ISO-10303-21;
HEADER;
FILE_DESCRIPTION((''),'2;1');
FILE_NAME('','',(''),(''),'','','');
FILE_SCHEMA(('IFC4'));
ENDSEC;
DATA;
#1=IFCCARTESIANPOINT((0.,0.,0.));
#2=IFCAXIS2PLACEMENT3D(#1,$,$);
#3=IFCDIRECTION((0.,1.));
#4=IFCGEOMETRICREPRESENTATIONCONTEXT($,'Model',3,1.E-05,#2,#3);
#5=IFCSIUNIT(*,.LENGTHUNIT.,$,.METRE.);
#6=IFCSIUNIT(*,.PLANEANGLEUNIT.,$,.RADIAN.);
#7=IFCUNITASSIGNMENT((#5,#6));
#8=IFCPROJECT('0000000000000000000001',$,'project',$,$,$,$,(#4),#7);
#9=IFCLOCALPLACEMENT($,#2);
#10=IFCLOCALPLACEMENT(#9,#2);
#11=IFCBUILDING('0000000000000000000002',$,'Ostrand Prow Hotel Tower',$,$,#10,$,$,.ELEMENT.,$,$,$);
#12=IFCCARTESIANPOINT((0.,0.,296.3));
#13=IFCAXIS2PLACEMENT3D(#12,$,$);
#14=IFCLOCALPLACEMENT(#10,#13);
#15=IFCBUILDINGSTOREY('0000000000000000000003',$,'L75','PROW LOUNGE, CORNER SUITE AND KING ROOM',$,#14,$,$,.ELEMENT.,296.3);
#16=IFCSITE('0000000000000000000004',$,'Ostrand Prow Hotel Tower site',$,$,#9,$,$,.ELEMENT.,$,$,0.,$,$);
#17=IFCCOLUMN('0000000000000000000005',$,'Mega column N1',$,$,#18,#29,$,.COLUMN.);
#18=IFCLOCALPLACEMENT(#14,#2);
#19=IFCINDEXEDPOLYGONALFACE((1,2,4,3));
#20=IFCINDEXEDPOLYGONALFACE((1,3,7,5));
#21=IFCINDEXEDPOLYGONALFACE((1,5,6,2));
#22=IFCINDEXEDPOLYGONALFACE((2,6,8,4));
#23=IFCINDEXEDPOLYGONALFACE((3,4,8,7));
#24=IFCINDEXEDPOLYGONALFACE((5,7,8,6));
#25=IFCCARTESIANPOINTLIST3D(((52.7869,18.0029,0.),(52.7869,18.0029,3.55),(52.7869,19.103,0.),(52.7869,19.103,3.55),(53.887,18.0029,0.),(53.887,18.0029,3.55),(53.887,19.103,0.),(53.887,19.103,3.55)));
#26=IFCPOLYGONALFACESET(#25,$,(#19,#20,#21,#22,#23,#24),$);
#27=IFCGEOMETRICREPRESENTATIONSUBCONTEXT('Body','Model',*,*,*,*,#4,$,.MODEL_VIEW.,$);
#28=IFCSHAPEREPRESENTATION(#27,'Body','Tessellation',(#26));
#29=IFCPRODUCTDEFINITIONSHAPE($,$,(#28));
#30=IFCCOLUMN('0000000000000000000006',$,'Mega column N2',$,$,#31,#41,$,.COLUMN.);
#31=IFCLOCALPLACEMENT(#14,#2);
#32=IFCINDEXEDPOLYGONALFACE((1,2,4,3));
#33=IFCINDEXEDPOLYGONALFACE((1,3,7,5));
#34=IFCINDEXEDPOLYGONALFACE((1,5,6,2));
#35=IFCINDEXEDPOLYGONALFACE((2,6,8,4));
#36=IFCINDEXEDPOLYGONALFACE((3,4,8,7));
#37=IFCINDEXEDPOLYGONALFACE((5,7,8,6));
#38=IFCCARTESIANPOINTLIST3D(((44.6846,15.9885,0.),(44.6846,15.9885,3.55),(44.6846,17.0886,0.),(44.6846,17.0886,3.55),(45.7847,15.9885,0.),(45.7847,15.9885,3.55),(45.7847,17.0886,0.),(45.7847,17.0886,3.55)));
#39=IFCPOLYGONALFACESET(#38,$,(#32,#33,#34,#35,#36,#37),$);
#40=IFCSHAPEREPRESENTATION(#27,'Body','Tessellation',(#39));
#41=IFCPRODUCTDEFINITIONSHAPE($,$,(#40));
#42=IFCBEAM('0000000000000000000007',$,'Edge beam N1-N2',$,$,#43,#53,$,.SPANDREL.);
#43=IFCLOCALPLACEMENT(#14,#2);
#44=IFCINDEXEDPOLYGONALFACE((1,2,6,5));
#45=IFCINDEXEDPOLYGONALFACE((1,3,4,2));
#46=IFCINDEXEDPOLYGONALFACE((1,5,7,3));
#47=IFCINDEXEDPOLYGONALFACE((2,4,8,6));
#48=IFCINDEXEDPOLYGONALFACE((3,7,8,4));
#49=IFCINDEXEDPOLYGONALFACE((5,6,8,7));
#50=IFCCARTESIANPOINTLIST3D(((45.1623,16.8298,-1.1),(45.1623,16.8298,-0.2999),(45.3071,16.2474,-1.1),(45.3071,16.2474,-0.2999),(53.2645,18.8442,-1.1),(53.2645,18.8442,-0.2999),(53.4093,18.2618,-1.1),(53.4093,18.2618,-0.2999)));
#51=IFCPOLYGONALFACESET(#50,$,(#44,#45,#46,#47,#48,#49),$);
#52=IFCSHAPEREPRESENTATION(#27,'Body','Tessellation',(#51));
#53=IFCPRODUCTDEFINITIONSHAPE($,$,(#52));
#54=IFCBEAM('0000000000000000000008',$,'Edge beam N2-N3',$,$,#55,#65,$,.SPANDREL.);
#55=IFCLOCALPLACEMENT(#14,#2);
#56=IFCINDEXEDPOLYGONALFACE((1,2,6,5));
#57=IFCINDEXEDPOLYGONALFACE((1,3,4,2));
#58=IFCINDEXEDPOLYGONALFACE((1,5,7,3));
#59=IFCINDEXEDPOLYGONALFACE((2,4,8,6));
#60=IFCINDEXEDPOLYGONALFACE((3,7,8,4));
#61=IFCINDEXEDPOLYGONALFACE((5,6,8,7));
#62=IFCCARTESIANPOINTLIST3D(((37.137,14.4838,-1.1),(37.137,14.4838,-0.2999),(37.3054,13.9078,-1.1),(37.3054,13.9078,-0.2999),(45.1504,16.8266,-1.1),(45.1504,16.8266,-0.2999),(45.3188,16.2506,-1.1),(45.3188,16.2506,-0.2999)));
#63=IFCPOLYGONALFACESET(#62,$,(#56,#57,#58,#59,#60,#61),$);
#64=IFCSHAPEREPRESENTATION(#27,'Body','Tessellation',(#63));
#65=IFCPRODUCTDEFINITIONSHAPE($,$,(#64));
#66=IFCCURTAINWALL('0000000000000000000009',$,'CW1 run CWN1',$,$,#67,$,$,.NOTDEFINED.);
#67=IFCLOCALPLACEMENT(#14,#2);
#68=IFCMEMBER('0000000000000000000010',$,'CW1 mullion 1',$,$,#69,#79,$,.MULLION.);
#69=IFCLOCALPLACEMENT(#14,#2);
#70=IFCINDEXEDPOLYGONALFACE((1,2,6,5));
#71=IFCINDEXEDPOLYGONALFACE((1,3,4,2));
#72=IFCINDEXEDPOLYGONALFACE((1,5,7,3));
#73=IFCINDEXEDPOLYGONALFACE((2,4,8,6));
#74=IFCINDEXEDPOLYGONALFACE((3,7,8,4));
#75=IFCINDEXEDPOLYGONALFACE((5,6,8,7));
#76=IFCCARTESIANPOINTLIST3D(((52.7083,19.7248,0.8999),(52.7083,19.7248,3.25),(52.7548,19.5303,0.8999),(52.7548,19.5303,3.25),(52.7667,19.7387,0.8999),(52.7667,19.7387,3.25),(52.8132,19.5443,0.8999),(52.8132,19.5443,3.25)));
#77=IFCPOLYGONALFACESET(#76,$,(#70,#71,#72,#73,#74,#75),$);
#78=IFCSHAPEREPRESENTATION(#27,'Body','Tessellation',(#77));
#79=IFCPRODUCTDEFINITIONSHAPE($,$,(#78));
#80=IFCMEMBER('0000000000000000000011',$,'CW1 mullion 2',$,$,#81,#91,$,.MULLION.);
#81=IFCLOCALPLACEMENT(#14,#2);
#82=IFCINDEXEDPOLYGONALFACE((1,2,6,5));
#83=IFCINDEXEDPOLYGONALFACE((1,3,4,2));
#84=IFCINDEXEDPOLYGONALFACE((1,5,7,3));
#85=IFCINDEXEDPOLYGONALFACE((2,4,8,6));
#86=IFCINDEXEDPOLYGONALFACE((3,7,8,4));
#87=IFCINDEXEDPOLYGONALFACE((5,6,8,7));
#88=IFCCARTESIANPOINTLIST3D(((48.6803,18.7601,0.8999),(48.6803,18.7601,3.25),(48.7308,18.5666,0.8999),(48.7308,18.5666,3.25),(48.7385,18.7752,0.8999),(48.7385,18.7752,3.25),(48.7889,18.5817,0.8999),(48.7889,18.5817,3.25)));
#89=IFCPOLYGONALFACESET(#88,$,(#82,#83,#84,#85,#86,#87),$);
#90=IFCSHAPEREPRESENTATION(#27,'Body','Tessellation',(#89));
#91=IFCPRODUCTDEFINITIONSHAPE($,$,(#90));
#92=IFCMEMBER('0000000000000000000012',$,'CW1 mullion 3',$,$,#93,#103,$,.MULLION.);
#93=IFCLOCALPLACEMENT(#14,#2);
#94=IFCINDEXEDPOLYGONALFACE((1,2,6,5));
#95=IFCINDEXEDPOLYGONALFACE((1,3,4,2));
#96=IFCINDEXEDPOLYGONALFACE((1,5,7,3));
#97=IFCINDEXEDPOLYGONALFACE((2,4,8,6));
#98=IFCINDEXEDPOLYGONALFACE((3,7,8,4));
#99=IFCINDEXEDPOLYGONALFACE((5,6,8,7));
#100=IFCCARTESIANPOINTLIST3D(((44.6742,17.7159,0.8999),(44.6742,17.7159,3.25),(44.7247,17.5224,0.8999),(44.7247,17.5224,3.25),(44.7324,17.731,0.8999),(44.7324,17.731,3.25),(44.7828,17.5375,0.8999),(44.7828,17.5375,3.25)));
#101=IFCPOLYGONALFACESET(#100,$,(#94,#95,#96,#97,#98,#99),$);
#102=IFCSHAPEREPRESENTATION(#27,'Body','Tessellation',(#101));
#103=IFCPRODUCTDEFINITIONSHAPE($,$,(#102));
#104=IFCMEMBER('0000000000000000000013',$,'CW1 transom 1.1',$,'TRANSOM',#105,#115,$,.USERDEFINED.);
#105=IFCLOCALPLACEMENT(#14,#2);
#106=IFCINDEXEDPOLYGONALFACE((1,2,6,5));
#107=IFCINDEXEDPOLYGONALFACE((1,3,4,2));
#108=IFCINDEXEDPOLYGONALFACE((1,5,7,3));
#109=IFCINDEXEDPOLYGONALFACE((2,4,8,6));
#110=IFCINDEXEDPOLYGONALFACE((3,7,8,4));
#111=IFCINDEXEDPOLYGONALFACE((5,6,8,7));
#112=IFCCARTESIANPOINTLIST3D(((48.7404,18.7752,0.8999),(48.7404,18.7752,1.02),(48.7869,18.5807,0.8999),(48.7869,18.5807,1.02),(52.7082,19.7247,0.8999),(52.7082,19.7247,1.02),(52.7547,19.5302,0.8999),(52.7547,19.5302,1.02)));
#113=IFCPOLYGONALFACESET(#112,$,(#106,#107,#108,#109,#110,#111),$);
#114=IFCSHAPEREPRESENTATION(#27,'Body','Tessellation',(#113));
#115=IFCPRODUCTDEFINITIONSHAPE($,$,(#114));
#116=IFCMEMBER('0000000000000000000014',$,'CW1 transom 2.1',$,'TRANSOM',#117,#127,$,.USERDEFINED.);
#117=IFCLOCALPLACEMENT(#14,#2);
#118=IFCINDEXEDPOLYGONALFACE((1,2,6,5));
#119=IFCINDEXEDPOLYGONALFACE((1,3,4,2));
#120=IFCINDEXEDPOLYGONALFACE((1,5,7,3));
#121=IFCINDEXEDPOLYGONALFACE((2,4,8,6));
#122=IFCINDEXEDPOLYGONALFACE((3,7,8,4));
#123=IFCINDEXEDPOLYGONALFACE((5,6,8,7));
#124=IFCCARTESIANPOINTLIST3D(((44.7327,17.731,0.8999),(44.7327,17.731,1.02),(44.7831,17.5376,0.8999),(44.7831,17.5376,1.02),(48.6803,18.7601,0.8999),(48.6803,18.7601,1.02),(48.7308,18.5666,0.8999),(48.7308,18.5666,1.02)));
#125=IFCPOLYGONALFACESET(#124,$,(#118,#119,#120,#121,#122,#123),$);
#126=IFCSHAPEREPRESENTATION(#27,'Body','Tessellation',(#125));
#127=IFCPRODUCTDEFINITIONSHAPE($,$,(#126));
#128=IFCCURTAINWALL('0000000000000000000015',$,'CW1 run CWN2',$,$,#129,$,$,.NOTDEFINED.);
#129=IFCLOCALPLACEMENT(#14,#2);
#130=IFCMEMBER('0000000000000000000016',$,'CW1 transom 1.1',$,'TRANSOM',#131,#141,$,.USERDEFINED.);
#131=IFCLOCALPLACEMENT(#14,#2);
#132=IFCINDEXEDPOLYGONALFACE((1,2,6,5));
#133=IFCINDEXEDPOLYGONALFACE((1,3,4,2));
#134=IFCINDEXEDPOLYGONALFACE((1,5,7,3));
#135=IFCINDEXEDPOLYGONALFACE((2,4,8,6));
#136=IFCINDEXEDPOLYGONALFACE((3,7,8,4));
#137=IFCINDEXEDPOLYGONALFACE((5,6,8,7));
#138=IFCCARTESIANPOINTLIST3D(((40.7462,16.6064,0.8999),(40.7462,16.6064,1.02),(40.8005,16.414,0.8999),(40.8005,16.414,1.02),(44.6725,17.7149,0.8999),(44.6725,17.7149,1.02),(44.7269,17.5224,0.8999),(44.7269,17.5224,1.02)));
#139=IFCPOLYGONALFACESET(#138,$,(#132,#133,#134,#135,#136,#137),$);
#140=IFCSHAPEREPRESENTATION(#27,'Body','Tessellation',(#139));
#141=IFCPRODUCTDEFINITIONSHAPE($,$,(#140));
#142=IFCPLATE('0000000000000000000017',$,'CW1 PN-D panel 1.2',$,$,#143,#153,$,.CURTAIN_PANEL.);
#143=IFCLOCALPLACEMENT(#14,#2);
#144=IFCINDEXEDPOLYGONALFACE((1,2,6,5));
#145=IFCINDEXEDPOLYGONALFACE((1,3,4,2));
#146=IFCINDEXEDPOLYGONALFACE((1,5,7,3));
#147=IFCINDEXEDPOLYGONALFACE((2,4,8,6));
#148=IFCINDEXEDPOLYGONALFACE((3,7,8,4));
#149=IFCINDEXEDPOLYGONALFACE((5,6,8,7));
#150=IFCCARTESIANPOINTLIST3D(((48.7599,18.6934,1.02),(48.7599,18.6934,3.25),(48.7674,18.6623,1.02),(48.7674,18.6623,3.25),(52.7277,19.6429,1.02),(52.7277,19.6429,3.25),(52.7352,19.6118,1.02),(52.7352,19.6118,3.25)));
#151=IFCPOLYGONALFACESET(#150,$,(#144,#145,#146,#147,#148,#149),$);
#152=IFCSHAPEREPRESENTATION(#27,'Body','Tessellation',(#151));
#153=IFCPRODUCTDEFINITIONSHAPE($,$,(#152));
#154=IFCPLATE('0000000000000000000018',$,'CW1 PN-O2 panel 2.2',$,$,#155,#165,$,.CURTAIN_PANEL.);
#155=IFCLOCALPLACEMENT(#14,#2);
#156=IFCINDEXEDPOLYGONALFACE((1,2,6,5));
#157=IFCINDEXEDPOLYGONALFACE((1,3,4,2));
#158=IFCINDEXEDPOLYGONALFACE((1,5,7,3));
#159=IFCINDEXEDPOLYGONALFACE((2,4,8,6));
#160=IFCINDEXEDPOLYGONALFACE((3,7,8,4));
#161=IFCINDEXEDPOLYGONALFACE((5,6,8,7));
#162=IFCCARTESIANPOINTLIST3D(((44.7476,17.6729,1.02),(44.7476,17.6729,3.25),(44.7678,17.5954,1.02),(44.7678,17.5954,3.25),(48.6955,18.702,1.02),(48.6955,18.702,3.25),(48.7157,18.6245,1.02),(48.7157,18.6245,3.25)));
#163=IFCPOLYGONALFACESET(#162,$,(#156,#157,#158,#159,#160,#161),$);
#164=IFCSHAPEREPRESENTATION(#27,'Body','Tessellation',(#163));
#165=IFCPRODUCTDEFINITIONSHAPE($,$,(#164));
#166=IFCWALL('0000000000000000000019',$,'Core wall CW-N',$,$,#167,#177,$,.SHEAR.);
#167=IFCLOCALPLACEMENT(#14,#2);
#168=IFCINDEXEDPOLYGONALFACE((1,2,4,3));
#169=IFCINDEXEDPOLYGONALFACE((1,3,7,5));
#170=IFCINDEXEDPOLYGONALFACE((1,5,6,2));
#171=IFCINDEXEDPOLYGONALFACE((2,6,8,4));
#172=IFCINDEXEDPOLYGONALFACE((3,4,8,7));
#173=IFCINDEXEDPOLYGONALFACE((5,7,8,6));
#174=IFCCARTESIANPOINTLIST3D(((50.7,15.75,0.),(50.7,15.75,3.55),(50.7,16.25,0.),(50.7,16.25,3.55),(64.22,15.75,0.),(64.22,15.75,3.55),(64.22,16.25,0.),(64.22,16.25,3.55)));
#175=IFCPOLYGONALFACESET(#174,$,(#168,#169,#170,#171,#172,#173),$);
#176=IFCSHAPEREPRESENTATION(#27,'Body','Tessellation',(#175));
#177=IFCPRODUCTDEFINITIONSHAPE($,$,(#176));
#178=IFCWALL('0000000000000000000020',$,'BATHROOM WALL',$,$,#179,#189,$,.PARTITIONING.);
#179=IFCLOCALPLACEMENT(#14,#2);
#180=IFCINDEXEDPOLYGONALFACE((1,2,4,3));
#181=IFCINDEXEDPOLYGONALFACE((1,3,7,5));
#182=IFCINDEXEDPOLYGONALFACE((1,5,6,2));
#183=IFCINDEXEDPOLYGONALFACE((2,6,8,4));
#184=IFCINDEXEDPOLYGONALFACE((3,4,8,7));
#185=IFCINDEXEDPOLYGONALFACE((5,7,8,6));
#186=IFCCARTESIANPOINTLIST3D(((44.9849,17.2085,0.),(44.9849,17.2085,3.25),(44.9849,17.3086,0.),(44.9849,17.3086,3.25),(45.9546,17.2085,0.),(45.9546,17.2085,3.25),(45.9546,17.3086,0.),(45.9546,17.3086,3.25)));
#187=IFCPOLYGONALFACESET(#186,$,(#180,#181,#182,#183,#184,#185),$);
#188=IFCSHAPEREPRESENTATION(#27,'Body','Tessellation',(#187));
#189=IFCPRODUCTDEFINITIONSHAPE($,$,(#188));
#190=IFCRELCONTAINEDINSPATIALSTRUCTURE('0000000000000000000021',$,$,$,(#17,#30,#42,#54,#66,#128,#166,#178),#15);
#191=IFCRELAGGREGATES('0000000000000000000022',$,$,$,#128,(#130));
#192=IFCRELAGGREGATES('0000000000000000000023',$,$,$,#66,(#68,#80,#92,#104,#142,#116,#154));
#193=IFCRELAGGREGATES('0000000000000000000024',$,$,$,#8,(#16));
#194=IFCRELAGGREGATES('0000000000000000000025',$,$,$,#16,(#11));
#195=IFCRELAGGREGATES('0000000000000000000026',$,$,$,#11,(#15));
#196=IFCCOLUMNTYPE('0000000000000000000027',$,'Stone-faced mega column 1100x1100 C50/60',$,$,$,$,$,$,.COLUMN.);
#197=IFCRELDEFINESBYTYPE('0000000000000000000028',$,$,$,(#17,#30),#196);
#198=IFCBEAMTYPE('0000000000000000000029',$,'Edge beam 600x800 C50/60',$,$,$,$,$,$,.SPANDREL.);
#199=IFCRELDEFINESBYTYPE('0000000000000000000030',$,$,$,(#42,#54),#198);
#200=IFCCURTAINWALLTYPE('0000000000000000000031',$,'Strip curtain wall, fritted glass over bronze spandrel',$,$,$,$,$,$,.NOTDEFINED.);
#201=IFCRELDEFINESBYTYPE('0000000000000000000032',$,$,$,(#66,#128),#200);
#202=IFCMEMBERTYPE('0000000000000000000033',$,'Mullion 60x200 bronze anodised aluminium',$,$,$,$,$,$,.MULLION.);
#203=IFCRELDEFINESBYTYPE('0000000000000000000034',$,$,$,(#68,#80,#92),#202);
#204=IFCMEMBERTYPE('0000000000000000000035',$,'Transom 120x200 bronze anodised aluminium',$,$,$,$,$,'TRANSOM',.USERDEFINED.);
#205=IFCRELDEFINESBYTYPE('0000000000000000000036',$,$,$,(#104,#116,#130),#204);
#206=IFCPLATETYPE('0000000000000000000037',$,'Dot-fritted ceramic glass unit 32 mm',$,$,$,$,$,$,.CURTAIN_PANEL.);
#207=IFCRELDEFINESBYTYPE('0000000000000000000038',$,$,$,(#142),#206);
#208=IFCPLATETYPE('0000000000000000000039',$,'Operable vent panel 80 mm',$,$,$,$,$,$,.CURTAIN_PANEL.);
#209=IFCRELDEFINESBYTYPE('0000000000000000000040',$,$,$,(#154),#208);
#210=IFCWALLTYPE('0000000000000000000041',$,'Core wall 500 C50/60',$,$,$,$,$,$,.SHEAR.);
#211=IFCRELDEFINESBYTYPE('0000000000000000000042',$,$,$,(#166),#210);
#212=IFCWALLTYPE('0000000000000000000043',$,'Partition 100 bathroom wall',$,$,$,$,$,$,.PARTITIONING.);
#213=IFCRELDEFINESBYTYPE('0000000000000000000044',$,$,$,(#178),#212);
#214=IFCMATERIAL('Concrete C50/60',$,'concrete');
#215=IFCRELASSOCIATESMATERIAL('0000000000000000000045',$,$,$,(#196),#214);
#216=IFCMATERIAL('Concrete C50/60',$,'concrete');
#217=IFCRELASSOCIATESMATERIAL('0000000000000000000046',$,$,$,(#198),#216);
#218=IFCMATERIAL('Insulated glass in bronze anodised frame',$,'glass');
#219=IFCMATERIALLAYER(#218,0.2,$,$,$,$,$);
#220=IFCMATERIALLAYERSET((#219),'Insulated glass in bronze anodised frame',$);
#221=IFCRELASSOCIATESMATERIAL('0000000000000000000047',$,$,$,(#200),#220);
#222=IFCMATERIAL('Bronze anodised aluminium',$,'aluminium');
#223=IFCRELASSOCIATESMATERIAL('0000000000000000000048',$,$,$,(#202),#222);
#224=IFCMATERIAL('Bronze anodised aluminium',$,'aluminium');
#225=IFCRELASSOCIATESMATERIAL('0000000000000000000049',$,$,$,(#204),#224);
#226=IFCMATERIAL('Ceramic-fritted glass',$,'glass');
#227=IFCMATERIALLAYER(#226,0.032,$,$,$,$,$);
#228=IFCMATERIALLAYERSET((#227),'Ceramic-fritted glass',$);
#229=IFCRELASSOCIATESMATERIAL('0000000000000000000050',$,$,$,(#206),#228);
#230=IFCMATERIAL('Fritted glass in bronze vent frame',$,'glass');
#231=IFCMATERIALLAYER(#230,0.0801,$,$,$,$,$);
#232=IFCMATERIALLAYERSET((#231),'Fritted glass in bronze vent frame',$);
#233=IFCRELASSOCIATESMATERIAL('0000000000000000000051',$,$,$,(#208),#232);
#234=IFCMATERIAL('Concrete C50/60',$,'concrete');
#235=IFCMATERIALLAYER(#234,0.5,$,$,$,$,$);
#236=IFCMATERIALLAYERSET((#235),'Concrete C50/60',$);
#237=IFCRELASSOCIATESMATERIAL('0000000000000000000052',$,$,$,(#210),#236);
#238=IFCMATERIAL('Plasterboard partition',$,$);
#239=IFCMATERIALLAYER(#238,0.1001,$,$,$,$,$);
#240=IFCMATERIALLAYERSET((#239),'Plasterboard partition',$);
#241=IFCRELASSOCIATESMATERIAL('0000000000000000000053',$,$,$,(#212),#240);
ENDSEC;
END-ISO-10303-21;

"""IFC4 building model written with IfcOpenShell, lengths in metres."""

from ifc_helpers import new_model, si_unit, direction, frame, frame_2d, origin, origin_2d, place, context, subcontext, project, spatial, rectangle, extrude, material, layer, layer_set, material_profile, profile_set, type_object, element, aggregate, save


model = new_model("IFC4")

# Units and contexts
model_context = context("Model", 3, precision=1e-05, world=origin(), true_north=direction((0.0, 1.0)))
body_context = subcontext(model_context, "Body", "Model", "MODEL_VIEW")
ifc_project = project(units=[si_unit("LENGTHUNIT", "METRE"), si_unit("PLANEANGLEUNIT", "RADIAN")], contexts=[model_context])

# Site, building, storey
site_placement = place(None, origin())
site = spatial("IfcSite", under=ifc_project, at=site_placement, Name="Ostrand Prow Hotel Tower site", CompositionType="ELEMENT", RefElevation=0.0)
building_placement = place(site_placement, origin())
building = spatial("IfcBuilding", under=site, at=building_placement, Name="Ostrand Prow Hotel Tower", CompositionType="ELEMENT")
storey_placement = place(building_placement, frame((0.0, 0.0, 296.3)))
storey = spatial("IfcBuildingStorey", under=building, at=storey_placement, Name="L75", Description="PROW LOUNGE, CORNER SUITE AND KING ROOM", CompositionType="ELEMENT", Elevation=296.3)

# Columns
ifc_material_1 = material(Name="Concrete C50/60", Category="concrete")
ifc_material_profile_1 = material_profile(ifc_material_1, rectangle(XDim=1.1001, YDim=1.1001, at=origin_2d()), Name="RC 1100x1100")
ifc_profile_set_1 = profile_set([ifc_material_profile_1], Name="Concrete C50/60")
column_type = type_object("IfcColumnType", Name="Stone-faced mega column 1100x1100 C50/60", PredefinedType="COLUMN", material=ifc_profile_set_1)
for number, where, z_axis, x_axis, name in (
    (1, (53.3369, 18.553, 0.0), (0.0, 0.0, 1.0), (1.0, 0.0, 0.0), "Mega column N1"),
    (2, (45.2346, 16.5386, 0.0), (0.0, 0.0, 1.0), (1.0, 0.0, 0.0), "Mega column N2"),
):
    element("IfcColumn", number, at=place(storey_placement, frame(where, z_axis=z_axis, x_axis=x_axis)), inside=storey, type_object=column_type, Name=name, PredefinedType="COLUMN", context=body_context, shape_type="SweptSolid", body=[
        extrude(rectangle(XDim=1.1001, YDim=1.1001, at=origin_2d()), origin(), (0.0, 0.0, 1.0), 3.55),
    ])

# Beams
ifc_material_2 = material(Name="Concrete C50/60", Category="concrete")
ifc_material_profile_2 = material_profile(ifc_material_2, rectangle(XDim=0.6001, YDim=0.8, at=origin_2d()), Name="RC 600x800")
ifc_profile_set_2 = profile_set([ifc_material_profile_2], Name="Concrete C50/60")
beam_type = type_object("IfcBeamType", Name="Edge beam 600x800 C50/60", PredefinedType="SPANDREL", material=ifc_profile_set_2)
for number, where, z_axis, x_axis, name in (
    (3, (53.3369, 18.553, -0.7), (-0.970456, -0.241276, 0.0), (0.241276, -0.970456, 0.0), "Edge beam N1-N2"),
    (4, (45.2346, 16.5386, -0.7), (-0.959822, -0.28061, 0.0), (0.28061, -0.959822, 0.0), "Edge beam N2-N3"),
):
    element("IfcBeam", number, at=place(storey_placement, frame(where, z_axis=z_axis, x_axis=x_axis)), inside=storey, type_object=beam_type, Name=name, PredefinedType="SPANDREL", context=body_context, shape_type="SweptSolid", body=[
        extrude(rectangle(XDim=0.6001, YDim=0.8, at=origin_2d()), origin(), (0.0, 0.0, 1.0), 8.3489),
    ])

# Curtain wall, members
ifc_material_3 = material(Name="Insulated glass in bronze anodised frame", Category="glass")
ifc_layer_1 = layer(ifc_material_3, 0.2)
ifc_layer_set_1 = layer_set([ifc_layer_1], Name="Insulated glass in bronze anodised frame")
curtain_wall_type = type_object("IfcCurtainWallType", Name="Strip curtain wall, fritted glass over bronze spandrel", PredefinedType="NOTDEFINED", material=ifc_layer_set_1)
curtain_wall_1_placement = place(storey_placement, origin())
curtain_wall_1 = element("IfcCurtainWall", 5, at=curtain_wall_1_placement, inside=storey, type_object=curtain_wall_type, Name="CW1 run CWN1", PredefinedType="NOTDEFINED")
ifc_material_4 = material(Name="Bronze anodised aluminium", Category="aluminium")
ifc_material_profile_3 = material_profile(ifc_material_4, rectangle(XDim=0.2, YDim=0.0601, at=origin_2d()), Name="Mullion 60x200 bronze anodised aluminium")
ifc_profile_set_3 = profile_set([ifc_material_profile_3], Name="Bronze anodised aluminium")
member_type_1 = type_object("IfcMemberType", Name="Mullion 60x200 bronze anodised aluminium", PredefinedType="MULLION", material=ifc_profile_set_3)
member_1_placement = place(storey_placement, frame((52.7607, 19.6345, 0.8999), z_axis=(0.0, 0.0, 1.0), x_axis=(0.232746, -0.972538, 0.0)))
member_1 = element("IfcMember", 6, at=member_1_placement, type_object=member_type_1, Name="CW1 mullion 1", PredefinedType="MULLION", context=body_context, shape_type="SweptSolid", body=[
    extrude(rectangle(XDim=0.2, YDim=0.0601, at=origin_2d()), origin(), (0.0, 0.0, 1.0), 2.3501),
])
member_2_placement = place(storey_placement, frame((48.7346, 18.6709, 0.8999), z_axis=(0.0, 0.0, 1.0), x_axis=(0.252248, -0.967663, 0.0)))
member_2 = element("IfcMember", 7, at=member_2_placement, type_object=member_type_1, Name="CW1 mullion 2", PredefinedType="MULLION", context=body_context, shape_type="SweptSolid", body=[
    extrude(rectangle(XDim=0.2, YDim=0.0601, at=origin_2d()), origin(), (0.0, 0.0, 1.0), 2.3501),
])
member_3_placement = place(storey_placement, frame((44.7285, 17.6267, 0.8999), z_axis=(0.0, 0.0, 1.0), x_axis=(0.252248, -0.967663, 0.0)))
member_3 = element("IfcMember", 8, at=member_3_placement, type_object=member_type_1, Name="CW1 mullion 3", PredefinedType="MULLION", context=body_context, shape_type="SweptSolid", body=[
    extrude(rectangle(XDim=0.2, YDim=0.0601, at=origin_2d()), origin(), (0.0, 0.0, 1.0), 2.3501),
])
ifc_material_5 = material(Name="Bronze anodised aluminium", Category="aluminium")
ifc_material_profile_4 = material_profile(ifc_material_5, rectangle(XDim=0.2, YDim=0.1201, at=origin_2d()), Name="Transom 120x200 bronze anodised aluminium")
ifc_profile_set_4 = profile_set([ifc_material_profile_4], Name="Bronze anodised aluminium")
member_type_2 = type_object("IfcMemberType", Name="Transom 120x200 bronze anodised aluminium", ElementType="TRANSOM", PredefinedType="USERDEFINED", material=ifc_profile_set_4)
member_4_placement = place(storey_placement, frame((52.7314, 19.6274, 0.96), z_axis=(-0.972543, -0.232723, 0.0), x_axis=(0.232723, -0.972543, 0.0)))
member_4 = element("IfcMember", 9, at=member_4_placement, type_object=member_type_2, Name="CW1 transom 1.1", ObjectType="TRANSOM", PredefinedType="USERDEFINED", context=body_context, shape_type="SweptSolid", body=[
    extrude(rectangle(XDim=0.2, YDim=0.1201, at=origin_2d()), origin(), (0.0, 0.0, 1.0), 4.0798),
])
member_5_placement = place(storey_placement, frame((48.7056, 18.6633, 0.96), z_axis=(-0.967665, -0.252239, 0.0), x_axis=(0.252239, -0.967665, 0.0)))
member_5 = element("IfcMember", 10, at=member_5_placement, type_object=member_type_2, Name="CW1 transom 2.1", ObjectType="TRANSOM", PredefinedType="USERDEFINED", context=body_context, shape_type="SweptSolid", body=[
    extrude(rectangle(XDim=0.2, YDim=0.1201, at=origin_2d()), origin(), (0.0, 0.0, 1.0), 4.0796),
])

# Curtain wall, member
curtain_wall_2_placement = place(storey_placement, origin())
curtain_wall_2 = element("IfcCurtainWall", 11, at=curtain_wall_2_placement, inside=storey, type_object=curtain_wall_type, Name="CW1 run CWN2", PredefinedType="NOTDEFINED")
member_6_placement = place(storey_placement, frame((44.6997, 17.6187, 0.96), z_axis=(-0.962386, -0.271685, 0.0), x_axis=(0.271685, -0.962386, 0.0)))
member_6 = element("IfcMember", 12, at=member_6_placement, type_object=member_type_2, Name="CW1 transom 1.1", ObjectType="TRANSOM", PredefinedType="USERDEFINED", context=body_context, shape_type="SweptSolid", body=[
    extrude(rectangle(XDim=0.2, YDim=0.1201, at=origin_2d()), origin(), (0.0, 0.0, 1.0), 4.0798),
])
aggregate(curtain_wall_2, [member_6])

# Plates
ifc_material_6 = material(Name="Ceramic-fritted glass", Category="glass")
ifc_layer_2 = layer(ifc_material_6, 0.032)
ifc_layer_set_2 = layer_set([ifc_layer_2], Name="Ceramic-fritted glass")
plate_type_1 = type_object("IfcPlateType", Name="Dot-fritted ceramic glass unit 32 mm", PredefinedType="CURTAIN_PANEL", material=ifc_layer_set_2)
plate_1_placement = place(storey_placement, frame((50.7476, 19.1526, 1.02), z_axis=(0.0, 0.0, 1.0), x_axis=(-0.972538, -0.232746, 0.0)))
plate_1 = element("IfcPlate", 13, at=plate_1_placement, type_object=plate_type_1, Name="CW1 PN-D panel 1.2", PredefinedType="CURTAIN_PANEL", context=body_context, shape_type="SweptSolid", body=[
    extrude(rectangle(XDim=4.0798, YDim=0.032, at=origin_2d()), origin(), (0.0, 0.0, 1.0), 2.23),
])
ifc_material_7 = material(Name="Fritted glass in bronze vent frame", Category="glass")
ifc_layer_3 = layer(ifc_material_7, 0.0801)
ifc_layer_set_3 = layer_set([ifc_layer_3], Name="Fritted glass in bronze vent frame")
plate_type_2 = type_object("IfcPlateType", Name="Operable vent panel 80 mm", PredefinedType="CURTAIN_PANEL", material=ifc_layer_set_3)
plate_2_placement = place(storey_placement, frame((46.7317, 18.1487, 1.02), z_axis=(0.0, 0.0, 1.0), x_axis=(-0.967663, -0.252248, 0.0)))
plate_2 = element("IfcPlate", 14, at=plate_2_placement, type_object=plate_type_2, Name="CW1 PN-O2 panel 2.2", PredefinedType="CURTAIN_PANEL", context=body_context, shape_type="SweptSolid", body=[
    extrude(rectangle(XDim=4.0798, YDim=0.0801, at=origin_2d()), origin(), (0.0, 0.0, 1.0), 2.23),
])
aggregate(curtain_wall_1, [member_1, member_2, member_3, member_4, plate_1, member_5, plate_2])

# Walls
ifc_material_8 = material(Name="Concrete C50/60", Category="concrete")
ifc_layer_4 = layer(ifc_material_8, 0.5)
ifc_layer_set_4 = layer_set([ifc_layer_4], Name="Concrete C50/60")
wall_type_1 = type_object("IfcWallType", Name="Core wall 500 C50/60", PredefinedType="SHEAR", material=ifc_layer_set_4)
wall_1_placement = place(storey_placement, frame((50.7, 16.0, 0.0), z_axis=(0.0, 0.0, 1.0), x_axis=(1.0, 0.0, 0.0)))
element("IfcWall", 15, at=wall_1_placement, inside=storey, type_object=wall_type_1, Name="Core wall CW-N", PredefinedType="SHEAR", context=body_context, shape_type="SweptSolid", body=[
    extrude(rectangle(XDim=13.52, YDim=0.5, at=frame_2d((6.76, 0.0))), origin(), (0.0, 0.0, 1.0), 3.55),
])
ifc_material_9 = material(Name="Plasterboard partition")
ifc_layer_5 = layer(ifc_material_9, 0.1001)
ifc_layer_set_5 = layer_set([ifc_layer_5], Name="Plasterboard partition")
wall_type_2 = type_object("IfcWallType", Name="Partition 100 bathroom wall", PredefinedType="PARTITIONING", material=ifc_layer_set_5)
wall_2_placement = place(storey_placement, frame((44.9849, 17.2585, 0.0), z_axis=(0.0, 0.0, 1.0), x_axis=(1.0, 0.0, 0.0)))
element("IfcWall", 16, at=wall_2_placement, inside=storey, type_object=wall_type_2, Name="BATHROOM WALL", PredefinedType="PARTITIONING", context=body_context, shape_type="SweptSolid", body=[
    extrude(rectangle(XDim=0.9697, YDim=0.1001, at=frame_2d((0.4849, 0.0))), origin(), (0.0, 0.0, 1.0), 3.25),
])

save(model, "model.ifc")
